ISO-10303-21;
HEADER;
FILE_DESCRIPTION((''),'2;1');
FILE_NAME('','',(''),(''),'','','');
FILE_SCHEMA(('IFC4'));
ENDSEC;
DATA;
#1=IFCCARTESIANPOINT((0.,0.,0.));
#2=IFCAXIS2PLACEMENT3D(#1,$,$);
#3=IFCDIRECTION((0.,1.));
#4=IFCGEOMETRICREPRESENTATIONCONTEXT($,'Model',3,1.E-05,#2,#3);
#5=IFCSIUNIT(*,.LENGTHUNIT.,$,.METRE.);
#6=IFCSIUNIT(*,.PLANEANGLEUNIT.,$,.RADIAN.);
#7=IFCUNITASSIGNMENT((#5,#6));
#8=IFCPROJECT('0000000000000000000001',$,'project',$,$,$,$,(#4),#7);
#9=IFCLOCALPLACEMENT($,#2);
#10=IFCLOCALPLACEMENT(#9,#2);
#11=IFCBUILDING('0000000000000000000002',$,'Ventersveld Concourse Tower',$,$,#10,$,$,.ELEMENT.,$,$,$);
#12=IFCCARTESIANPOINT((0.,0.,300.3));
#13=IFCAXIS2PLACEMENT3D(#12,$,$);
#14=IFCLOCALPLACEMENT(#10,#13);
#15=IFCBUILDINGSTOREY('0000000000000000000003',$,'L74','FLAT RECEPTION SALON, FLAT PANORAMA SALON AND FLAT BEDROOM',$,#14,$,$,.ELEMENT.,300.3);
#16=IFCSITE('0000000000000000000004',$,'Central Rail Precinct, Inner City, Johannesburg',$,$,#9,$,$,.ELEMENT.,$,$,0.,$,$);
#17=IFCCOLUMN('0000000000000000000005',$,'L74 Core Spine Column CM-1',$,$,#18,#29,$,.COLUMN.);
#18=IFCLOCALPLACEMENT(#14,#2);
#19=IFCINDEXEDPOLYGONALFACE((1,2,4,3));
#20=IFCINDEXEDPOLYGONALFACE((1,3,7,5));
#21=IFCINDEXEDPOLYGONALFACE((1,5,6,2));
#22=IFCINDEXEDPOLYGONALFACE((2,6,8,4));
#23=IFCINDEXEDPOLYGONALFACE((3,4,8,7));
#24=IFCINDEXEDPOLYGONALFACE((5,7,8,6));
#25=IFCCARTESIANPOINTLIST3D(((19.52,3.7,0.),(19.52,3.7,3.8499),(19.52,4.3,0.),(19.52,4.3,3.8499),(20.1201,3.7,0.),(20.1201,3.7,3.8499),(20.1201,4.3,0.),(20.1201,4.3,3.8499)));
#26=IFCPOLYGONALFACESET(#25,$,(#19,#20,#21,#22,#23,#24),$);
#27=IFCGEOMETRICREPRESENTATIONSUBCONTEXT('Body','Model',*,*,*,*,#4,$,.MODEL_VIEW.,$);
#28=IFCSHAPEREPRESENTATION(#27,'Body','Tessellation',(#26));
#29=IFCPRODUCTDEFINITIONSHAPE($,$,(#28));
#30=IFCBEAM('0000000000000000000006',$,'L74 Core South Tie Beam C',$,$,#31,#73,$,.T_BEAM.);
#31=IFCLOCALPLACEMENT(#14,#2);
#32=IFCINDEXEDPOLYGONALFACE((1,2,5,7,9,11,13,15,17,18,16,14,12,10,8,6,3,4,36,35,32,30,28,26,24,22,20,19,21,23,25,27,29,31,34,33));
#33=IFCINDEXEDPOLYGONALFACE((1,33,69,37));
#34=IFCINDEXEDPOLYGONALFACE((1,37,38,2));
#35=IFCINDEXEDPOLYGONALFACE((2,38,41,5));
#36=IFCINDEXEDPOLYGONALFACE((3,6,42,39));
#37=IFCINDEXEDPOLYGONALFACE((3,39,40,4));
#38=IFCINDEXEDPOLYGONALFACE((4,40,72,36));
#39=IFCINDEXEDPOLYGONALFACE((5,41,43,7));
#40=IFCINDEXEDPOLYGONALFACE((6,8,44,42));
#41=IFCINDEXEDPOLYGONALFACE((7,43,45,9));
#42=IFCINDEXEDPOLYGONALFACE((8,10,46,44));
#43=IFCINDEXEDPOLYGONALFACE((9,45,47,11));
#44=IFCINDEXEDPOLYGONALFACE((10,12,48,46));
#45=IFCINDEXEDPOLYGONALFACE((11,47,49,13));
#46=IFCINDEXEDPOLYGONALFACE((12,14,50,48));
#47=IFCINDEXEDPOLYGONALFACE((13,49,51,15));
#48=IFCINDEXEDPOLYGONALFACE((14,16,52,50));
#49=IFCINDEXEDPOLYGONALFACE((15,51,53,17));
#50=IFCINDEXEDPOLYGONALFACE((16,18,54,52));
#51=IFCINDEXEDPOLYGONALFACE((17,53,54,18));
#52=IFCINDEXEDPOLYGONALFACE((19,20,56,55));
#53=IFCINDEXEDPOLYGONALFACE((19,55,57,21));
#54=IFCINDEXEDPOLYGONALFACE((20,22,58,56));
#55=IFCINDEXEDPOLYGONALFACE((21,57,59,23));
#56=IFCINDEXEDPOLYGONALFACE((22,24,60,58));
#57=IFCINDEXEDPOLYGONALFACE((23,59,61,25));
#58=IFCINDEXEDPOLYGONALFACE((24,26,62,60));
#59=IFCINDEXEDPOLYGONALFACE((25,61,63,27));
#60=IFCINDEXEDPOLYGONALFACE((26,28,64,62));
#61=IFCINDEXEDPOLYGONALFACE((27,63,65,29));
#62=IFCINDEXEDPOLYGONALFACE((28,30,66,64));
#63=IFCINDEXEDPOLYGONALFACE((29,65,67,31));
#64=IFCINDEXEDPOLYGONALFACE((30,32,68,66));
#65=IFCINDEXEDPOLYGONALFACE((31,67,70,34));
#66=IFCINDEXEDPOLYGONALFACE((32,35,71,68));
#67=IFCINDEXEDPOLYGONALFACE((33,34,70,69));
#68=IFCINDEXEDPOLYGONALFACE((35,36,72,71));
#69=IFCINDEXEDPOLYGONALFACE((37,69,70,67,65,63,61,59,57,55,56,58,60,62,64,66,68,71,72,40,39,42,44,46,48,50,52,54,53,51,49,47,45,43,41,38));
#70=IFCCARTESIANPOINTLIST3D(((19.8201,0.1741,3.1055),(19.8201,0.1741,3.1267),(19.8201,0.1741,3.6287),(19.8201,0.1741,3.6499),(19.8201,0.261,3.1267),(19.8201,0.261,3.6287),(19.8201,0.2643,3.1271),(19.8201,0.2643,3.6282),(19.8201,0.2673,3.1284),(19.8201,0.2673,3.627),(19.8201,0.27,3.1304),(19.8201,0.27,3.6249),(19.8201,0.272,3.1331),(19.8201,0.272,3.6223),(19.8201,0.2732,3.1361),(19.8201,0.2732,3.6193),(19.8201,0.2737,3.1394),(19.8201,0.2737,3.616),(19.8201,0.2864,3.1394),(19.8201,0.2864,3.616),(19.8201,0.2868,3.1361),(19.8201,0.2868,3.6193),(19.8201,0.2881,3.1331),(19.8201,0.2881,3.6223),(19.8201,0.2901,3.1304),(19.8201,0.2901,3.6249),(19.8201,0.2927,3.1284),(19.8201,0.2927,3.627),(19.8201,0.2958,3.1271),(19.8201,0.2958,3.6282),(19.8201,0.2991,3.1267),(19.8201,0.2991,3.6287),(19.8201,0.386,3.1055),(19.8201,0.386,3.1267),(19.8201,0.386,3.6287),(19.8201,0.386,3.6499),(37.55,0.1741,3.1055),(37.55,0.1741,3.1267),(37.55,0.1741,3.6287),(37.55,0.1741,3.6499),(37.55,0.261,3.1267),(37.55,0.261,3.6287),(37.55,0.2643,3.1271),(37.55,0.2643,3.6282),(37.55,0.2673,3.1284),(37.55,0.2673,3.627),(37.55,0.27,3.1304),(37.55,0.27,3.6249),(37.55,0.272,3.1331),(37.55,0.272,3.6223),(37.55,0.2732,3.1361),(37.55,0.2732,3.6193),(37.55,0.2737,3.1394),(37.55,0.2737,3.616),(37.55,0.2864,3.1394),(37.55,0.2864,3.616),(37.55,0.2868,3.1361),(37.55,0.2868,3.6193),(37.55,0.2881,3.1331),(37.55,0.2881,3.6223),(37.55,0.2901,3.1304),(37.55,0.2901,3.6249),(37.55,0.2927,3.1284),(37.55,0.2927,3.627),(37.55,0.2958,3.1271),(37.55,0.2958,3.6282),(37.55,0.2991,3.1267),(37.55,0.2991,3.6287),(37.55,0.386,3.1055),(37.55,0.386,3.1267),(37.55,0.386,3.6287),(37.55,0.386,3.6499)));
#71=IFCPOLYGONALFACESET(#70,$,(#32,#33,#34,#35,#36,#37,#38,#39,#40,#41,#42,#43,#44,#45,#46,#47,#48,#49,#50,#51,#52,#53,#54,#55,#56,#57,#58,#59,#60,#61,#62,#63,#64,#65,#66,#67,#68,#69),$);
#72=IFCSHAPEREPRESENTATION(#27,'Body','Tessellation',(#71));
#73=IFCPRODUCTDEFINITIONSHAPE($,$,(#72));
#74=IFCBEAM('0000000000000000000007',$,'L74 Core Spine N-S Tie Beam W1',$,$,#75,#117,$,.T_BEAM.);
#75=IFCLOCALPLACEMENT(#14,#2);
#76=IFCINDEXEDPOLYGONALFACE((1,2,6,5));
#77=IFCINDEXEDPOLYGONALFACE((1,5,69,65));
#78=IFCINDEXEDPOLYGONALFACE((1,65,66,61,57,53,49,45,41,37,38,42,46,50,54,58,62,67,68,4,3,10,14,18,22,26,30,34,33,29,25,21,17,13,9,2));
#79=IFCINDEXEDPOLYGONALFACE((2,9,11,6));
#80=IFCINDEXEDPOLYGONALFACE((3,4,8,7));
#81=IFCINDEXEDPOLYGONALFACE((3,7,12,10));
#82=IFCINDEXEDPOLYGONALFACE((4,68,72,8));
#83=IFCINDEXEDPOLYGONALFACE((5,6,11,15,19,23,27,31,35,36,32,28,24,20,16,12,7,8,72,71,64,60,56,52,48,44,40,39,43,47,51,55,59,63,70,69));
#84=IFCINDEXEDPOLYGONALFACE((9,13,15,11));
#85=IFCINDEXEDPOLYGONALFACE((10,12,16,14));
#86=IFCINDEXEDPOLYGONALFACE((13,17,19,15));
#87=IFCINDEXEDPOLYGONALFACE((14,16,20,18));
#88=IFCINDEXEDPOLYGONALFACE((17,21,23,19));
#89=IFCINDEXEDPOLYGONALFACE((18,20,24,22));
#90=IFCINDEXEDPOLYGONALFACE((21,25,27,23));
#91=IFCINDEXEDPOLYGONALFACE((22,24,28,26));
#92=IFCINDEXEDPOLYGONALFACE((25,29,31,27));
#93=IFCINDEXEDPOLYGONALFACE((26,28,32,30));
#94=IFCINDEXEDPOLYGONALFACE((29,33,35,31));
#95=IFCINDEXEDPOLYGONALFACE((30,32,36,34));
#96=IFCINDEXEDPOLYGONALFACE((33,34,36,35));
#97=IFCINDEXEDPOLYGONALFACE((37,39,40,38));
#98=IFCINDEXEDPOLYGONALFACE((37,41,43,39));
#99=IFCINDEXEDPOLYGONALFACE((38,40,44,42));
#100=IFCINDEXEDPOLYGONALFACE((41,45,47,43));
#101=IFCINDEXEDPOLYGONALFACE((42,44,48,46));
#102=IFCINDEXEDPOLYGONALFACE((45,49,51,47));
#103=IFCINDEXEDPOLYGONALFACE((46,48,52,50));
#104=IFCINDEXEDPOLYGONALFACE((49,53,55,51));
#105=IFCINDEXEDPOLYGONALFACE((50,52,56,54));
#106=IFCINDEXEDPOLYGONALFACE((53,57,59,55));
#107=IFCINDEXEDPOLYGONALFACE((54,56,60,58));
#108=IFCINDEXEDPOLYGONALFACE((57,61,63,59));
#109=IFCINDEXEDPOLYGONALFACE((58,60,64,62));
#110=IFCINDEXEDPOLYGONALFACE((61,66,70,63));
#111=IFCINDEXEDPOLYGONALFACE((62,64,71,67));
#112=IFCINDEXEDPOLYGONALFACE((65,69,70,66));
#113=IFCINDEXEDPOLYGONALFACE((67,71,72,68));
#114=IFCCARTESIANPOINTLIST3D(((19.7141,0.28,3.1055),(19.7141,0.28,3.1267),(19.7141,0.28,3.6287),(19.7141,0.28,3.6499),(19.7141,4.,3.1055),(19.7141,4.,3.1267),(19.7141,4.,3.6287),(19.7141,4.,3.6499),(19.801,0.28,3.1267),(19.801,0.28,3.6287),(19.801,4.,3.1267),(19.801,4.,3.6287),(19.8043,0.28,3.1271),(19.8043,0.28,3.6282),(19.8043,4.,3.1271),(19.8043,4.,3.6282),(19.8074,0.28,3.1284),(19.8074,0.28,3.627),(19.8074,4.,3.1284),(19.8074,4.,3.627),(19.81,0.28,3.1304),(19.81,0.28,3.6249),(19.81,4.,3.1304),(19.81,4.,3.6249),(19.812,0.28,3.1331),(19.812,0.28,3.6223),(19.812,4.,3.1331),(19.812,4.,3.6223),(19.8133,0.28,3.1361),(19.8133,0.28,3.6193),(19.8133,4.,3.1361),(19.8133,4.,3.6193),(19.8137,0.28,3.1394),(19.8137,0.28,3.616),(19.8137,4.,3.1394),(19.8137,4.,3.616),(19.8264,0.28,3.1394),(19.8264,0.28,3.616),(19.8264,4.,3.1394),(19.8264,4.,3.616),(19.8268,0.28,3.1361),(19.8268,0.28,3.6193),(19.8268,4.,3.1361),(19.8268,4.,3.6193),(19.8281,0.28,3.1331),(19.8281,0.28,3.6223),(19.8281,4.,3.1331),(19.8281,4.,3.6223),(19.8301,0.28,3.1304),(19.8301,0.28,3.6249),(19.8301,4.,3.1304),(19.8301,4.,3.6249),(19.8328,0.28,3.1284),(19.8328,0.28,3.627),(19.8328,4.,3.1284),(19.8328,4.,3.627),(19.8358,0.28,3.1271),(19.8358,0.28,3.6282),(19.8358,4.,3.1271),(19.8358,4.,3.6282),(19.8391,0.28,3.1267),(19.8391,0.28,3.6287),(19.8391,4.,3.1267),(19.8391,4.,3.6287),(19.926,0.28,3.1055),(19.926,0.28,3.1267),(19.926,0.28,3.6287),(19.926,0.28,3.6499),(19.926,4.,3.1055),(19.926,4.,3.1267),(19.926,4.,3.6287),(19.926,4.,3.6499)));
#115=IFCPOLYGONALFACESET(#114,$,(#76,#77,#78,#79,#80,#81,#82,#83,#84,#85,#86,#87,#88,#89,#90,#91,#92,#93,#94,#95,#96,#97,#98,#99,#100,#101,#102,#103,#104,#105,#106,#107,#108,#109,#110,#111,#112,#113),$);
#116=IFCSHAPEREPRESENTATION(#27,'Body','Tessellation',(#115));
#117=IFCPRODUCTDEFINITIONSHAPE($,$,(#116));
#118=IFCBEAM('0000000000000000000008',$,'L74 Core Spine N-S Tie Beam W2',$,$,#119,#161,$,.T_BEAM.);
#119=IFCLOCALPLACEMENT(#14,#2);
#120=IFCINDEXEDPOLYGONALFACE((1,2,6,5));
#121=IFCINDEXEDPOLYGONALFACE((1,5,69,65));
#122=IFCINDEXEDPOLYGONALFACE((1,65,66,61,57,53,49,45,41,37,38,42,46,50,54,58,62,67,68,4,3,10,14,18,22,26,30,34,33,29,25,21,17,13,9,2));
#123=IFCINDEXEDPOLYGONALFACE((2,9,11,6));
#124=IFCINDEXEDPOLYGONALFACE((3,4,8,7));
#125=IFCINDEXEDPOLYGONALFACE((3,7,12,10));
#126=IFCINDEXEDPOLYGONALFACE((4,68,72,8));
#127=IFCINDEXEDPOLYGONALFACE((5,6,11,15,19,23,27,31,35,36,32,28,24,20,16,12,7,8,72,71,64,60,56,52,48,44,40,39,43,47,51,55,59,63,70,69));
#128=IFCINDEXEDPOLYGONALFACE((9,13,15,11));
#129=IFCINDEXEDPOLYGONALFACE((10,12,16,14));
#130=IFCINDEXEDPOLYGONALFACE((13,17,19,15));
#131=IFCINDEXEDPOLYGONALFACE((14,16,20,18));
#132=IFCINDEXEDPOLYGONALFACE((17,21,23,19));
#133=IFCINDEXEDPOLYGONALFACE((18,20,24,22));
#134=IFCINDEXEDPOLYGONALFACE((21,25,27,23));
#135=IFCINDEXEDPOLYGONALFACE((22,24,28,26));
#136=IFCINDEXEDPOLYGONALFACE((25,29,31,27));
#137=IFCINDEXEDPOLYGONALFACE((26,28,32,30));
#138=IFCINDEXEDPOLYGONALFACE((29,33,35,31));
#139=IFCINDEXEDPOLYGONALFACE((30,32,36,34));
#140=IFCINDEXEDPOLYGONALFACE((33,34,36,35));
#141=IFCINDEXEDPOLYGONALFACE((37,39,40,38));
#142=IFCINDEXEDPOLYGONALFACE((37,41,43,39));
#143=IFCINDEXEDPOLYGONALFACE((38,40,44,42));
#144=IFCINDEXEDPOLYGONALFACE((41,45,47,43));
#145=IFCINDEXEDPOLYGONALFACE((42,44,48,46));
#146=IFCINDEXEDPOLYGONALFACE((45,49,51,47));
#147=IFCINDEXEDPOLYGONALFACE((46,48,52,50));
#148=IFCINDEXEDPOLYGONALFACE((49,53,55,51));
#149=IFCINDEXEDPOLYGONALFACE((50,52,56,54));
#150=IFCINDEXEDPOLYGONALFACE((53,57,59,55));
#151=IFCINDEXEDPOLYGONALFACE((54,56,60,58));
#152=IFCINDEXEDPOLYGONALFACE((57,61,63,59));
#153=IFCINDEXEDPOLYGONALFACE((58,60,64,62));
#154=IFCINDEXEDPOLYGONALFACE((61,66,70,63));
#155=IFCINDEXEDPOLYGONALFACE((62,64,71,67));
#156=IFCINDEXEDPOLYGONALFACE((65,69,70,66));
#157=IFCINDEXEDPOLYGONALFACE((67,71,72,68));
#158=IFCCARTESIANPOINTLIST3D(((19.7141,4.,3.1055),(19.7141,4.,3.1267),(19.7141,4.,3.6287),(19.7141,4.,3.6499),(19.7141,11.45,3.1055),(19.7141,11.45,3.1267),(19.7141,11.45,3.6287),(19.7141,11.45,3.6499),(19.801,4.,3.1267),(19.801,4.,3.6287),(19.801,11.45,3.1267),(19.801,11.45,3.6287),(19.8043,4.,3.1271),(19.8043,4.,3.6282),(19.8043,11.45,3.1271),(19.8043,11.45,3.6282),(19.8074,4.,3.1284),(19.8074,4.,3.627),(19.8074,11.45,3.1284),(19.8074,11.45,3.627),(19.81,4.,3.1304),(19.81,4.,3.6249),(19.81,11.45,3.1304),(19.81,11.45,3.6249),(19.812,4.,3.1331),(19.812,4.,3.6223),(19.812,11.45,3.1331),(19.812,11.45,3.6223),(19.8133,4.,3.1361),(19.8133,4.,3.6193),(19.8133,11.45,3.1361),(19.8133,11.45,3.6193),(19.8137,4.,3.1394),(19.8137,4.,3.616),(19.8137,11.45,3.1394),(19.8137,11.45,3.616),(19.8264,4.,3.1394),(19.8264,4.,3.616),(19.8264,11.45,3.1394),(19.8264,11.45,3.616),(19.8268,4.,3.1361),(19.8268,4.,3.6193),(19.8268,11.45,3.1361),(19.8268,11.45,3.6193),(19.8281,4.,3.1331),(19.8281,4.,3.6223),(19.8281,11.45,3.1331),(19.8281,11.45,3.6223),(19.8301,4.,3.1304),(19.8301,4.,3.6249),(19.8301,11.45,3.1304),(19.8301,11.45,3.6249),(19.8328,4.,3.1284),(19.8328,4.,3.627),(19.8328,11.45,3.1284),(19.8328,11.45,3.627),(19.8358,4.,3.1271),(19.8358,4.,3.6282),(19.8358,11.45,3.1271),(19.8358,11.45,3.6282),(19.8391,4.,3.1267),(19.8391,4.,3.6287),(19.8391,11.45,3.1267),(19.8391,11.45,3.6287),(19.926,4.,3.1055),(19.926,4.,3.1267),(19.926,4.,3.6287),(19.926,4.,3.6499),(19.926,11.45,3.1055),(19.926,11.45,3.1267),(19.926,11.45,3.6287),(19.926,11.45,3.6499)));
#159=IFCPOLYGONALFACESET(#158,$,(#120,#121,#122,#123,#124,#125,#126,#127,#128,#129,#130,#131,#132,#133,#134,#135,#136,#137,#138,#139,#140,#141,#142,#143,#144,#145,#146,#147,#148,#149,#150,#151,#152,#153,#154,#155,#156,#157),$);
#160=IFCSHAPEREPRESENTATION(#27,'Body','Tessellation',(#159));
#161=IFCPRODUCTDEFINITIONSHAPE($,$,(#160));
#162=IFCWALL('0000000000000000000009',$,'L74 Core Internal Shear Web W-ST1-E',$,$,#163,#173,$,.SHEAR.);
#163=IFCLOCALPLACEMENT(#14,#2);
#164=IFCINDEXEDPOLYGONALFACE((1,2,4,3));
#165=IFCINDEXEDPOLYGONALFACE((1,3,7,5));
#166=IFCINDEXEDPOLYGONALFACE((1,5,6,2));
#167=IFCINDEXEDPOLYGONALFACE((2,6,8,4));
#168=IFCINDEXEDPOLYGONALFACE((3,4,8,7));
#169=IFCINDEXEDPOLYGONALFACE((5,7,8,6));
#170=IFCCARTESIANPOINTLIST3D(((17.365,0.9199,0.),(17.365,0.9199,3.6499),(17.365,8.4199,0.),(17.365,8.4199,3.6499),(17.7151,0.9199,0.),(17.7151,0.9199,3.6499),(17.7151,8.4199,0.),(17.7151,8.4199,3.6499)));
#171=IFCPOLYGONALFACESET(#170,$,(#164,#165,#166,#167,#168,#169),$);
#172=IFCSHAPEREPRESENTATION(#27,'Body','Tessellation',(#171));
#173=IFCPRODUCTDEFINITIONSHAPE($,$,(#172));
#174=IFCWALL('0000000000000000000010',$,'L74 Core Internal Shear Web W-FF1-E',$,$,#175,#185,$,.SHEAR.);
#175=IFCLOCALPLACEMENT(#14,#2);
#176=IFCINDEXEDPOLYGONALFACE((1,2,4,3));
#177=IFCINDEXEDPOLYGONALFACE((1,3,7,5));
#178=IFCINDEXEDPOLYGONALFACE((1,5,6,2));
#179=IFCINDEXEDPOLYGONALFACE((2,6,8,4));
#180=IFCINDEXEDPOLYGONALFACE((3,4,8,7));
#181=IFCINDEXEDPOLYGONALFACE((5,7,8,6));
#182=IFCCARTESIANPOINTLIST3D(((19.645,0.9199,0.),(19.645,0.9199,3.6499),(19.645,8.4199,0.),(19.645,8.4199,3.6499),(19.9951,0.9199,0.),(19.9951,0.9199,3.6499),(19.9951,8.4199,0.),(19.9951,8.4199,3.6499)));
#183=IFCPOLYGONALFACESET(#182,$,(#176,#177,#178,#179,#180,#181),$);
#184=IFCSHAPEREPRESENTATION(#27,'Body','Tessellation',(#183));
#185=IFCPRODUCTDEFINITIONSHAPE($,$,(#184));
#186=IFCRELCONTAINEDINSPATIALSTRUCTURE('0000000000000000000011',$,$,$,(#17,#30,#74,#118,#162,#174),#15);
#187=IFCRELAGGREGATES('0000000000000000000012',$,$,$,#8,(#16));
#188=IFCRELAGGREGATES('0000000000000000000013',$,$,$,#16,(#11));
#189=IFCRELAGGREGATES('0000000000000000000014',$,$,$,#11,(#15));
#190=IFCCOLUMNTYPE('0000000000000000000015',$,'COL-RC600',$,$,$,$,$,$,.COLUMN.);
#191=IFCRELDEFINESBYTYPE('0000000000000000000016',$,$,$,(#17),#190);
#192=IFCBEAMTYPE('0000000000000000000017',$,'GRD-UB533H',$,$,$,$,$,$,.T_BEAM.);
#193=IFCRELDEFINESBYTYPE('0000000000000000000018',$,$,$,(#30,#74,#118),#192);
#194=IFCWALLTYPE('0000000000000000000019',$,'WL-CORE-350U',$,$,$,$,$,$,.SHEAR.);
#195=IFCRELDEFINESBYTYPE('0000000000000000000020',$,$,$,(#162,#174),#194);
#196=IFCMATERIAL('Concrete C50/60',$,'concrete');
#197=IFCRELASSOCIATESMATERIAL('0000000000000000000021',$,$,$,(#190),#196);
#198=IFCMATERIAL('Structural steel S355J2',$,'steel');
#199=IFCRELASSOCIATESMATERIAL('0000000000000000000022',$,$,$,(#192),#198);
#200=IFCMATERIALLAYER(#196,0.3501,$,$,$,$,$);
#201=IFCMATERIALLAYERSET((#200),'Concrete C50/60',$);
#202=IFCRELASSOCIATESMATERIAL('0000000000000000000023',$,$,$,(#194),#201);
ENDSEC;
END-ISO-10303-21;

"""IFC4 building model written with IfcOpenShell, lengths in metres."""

from ifc_helpers import new_model, si_unit, direction, frame, frame_2d, origin, origin_2d, place, context, subcontext, project, spatial, rectangle, i_section, extrude, material, layer, layer_set, material_profile, profile_set, type_object, element, save


model = new_model("IFC4")

# Units and contexts
model_context = context("Model", 3, precision=1e-05, world=origin(), true_north=direction((0.0, 1.0)))
body_context = subcontext(model_context, "Body", "Model", "MODEL_VIEW")
ifc_project = project(units=[si_unit("LENGTHUNIT", "METRE"), si_unit("PLANEANGLEUNIT", "RADIAN")], contexts=[model_context])

# Site, building, storey
site_placement = place(None, origin())
site = spatial("IfcSite", under=ifc_project, at=site_placement, Name="Central Rail Precinct, Inner City, Johannesburg", CompositionType="ELEMENT", RefElevation=0.0)
building_placement = place(site_placement, origin())
building = spatial("IfcBuilding", under=site, at=building_placement, Name="Ventersveld Concourse Tower", CompositionType="ELEMENT")
storey_placement = place(building_placement, frame((0.0, 0.0, 300.3)))
storey = spatial("IfcBuildingStorey", under=building, at=storey_placement, Name="L74", Description="FLAT RECEPTION SALON, FLAT PANORAMA SALON AND FLAT BEDROOM", CompositionType="ELEMENT", Elevation=300.3)

# Column
ifc_material_1 = material(Name="Concrete C50/60", Category="concrete")
ifc_material_profile_1 = material_profile(ifc_material_1, rectangle(XDim=0.6001, YDim=0.6001, at=origin_2d()), Name="RC 600x600")
ifc_profile_set_1 = profile_set([ifc_material_profile_1], Name="Concrete C50/60")
column_type = type_object("IfcColumnType", Name="COL-RC600", PredefinedType="COLUMN", material=ifc_profile_set_1)
column_placement = place(storey_placement, frame((19.8201, 4.0, 0.0), z_axis=(0.0, 0.0, 1.0), x_axis=(1.0, 0.0, 0.0)))
element("IfcColumn", 1, at=column_placement, inside=storey, type_object=column_type, Name="L74 Core Spine Column CM-1", PredefinedType="COLUMN", context=body_context, shape_type="SweptSolid", body=[
    extrude(rectangle(XDim=0.6001, YDim=0.6001, at=origin_2d()), origin(), (0.0, 0.0, 1.0), 3.8499),
])

# Beams
ifc_material_2 = material(Name="Structural steel S355J2", Category="steel")
ifc_material_profile_2 = material_profile(ifc_material_2, i_section(OverallWidth=0.2119, OverallDepth=0.5444, WebThickness=0.0127, FlangeThickness=0.0212, FilletRadius=0.0127, at=origin_2d()), Name="UB 533x210x122")
ifc_profile_set_2 = profile_set([ifc_material_profile_2], Name="Structural steel S355J2")
beam_type = type_object("IfcBeamType", Name="GRD-UB533H", PredefinedType="T_BEAM", material=ifc_profile_set_2)
beam_1_placement = place(storey_placement, frame((19.8201, 0.28, 3.3777), z_axis=(1.0, 0.0, 0.0), x_axis=(0.0, 1.0, 0.0)))
element("IfcBeam", 2, at=beam_1_placement, inside=storey, type_object=beam_type, Name="L74 Core South Tie Beam C", PredefinedType="T_BEAM", context=body_context, shape_type="SweptSolid", body=[
    extrude(i_section(OverallWidth=0.2119, OverallDepth=0.5444, WebThickness=0.0127, FlangeThickness=0.0212, FilletRadius=0.0127, at=origin_2d()), origin(), (0.0, 0.0, 1.0), 17.73),
])
beam_2_placement = place(storey_placement, frame((19.8201, 0.28, 3.3777), z_axis=(0.0, 1.0, 0.0), x_axis=(-1.0, 0.0, 0.0)))
element("IfcBeam", 3, at=beam_2_placement, inside=storey, type_object=beam_type, Name="L74 Core Spine N-S Tie Beam W1", PredefinedType="T_BEAM", context=body_context, shape_type="SweptSolid", body=[
    extrude(i_section(OverallWidth=0.2119, OverallDepth=0.5444, WebThickness=0.0127, FlangeThickness=0.0212, FilletRadius=0.0127, at=origin_2d()), origin(), (0.0, 0.0, 1.0), 3.72),
])
beam_3_placement = place(storey_placement, frame((19.8201, 4.0, 3.3777), z_axis=(0.0, 1.0, 0.0), x_axis=(-1.0, 0.0, 0.0)))
element("IfcBeam", 4, at=beam_3_placement, inside=storey, type_object=beam_type, Name="L74 Core Spine N-S Tie Beam W2", PredefinedType="T_BEAM", context=body_context, shape_type="SweptSolid", body=[
    extrude(i_section(OverallWidth=0.2119, OverallDepth=0.5444, WebThickness=0.0127, FlangeThickness=0.0212, FilletRadius=0.0127, at=origin_2d()), origin(), (0.0, 0.0, 1.0), 7.45),
])

# Walls
ifc_layer_1 = layer(ifc_material_1, 0.3501)
ifc_layer_set_1 = layer_set([ifc_layer_1], Name="Concrete C50/60")
wall_type_1 = type_object("IfcWallType", Name="WL-CORE-350U", PredefinedType="SHEAR", material=ifc_layer_set_1)
for number, where, z_axis, x_axis, name in (
    (5, (17.54, 0.9199, 0.0), (0.0, 0.0, 1.0), (0.0, 1.0, 0.0), "L74 Core Internal Shear Web W-ST1-E"),
    (6, (19.8201, 0.9199, 0.0), (0.0, 0.0, 1.0), (0.0, 1.0, 0.0), "L74 Core Internal Shear Web W-FF1-E"),
):
    element("IfcWall", number, at=place(storey_placement, frame(where, z_axis=z_axis, x_axis=x_axis)), inside=storey, type_object=wall_type_1, Name=name, PredefinedType="SHEAR", context=body_context, shape_type="SweptSolid", body=[
        extrude(rectangle(XDim=7.5, YDim=0.3501, at=frame_2d((3.75, 0.0))), origin(), (0.0, 0.0, 1.0), 3.6499),
    ])

save(model, "model.ifc")
